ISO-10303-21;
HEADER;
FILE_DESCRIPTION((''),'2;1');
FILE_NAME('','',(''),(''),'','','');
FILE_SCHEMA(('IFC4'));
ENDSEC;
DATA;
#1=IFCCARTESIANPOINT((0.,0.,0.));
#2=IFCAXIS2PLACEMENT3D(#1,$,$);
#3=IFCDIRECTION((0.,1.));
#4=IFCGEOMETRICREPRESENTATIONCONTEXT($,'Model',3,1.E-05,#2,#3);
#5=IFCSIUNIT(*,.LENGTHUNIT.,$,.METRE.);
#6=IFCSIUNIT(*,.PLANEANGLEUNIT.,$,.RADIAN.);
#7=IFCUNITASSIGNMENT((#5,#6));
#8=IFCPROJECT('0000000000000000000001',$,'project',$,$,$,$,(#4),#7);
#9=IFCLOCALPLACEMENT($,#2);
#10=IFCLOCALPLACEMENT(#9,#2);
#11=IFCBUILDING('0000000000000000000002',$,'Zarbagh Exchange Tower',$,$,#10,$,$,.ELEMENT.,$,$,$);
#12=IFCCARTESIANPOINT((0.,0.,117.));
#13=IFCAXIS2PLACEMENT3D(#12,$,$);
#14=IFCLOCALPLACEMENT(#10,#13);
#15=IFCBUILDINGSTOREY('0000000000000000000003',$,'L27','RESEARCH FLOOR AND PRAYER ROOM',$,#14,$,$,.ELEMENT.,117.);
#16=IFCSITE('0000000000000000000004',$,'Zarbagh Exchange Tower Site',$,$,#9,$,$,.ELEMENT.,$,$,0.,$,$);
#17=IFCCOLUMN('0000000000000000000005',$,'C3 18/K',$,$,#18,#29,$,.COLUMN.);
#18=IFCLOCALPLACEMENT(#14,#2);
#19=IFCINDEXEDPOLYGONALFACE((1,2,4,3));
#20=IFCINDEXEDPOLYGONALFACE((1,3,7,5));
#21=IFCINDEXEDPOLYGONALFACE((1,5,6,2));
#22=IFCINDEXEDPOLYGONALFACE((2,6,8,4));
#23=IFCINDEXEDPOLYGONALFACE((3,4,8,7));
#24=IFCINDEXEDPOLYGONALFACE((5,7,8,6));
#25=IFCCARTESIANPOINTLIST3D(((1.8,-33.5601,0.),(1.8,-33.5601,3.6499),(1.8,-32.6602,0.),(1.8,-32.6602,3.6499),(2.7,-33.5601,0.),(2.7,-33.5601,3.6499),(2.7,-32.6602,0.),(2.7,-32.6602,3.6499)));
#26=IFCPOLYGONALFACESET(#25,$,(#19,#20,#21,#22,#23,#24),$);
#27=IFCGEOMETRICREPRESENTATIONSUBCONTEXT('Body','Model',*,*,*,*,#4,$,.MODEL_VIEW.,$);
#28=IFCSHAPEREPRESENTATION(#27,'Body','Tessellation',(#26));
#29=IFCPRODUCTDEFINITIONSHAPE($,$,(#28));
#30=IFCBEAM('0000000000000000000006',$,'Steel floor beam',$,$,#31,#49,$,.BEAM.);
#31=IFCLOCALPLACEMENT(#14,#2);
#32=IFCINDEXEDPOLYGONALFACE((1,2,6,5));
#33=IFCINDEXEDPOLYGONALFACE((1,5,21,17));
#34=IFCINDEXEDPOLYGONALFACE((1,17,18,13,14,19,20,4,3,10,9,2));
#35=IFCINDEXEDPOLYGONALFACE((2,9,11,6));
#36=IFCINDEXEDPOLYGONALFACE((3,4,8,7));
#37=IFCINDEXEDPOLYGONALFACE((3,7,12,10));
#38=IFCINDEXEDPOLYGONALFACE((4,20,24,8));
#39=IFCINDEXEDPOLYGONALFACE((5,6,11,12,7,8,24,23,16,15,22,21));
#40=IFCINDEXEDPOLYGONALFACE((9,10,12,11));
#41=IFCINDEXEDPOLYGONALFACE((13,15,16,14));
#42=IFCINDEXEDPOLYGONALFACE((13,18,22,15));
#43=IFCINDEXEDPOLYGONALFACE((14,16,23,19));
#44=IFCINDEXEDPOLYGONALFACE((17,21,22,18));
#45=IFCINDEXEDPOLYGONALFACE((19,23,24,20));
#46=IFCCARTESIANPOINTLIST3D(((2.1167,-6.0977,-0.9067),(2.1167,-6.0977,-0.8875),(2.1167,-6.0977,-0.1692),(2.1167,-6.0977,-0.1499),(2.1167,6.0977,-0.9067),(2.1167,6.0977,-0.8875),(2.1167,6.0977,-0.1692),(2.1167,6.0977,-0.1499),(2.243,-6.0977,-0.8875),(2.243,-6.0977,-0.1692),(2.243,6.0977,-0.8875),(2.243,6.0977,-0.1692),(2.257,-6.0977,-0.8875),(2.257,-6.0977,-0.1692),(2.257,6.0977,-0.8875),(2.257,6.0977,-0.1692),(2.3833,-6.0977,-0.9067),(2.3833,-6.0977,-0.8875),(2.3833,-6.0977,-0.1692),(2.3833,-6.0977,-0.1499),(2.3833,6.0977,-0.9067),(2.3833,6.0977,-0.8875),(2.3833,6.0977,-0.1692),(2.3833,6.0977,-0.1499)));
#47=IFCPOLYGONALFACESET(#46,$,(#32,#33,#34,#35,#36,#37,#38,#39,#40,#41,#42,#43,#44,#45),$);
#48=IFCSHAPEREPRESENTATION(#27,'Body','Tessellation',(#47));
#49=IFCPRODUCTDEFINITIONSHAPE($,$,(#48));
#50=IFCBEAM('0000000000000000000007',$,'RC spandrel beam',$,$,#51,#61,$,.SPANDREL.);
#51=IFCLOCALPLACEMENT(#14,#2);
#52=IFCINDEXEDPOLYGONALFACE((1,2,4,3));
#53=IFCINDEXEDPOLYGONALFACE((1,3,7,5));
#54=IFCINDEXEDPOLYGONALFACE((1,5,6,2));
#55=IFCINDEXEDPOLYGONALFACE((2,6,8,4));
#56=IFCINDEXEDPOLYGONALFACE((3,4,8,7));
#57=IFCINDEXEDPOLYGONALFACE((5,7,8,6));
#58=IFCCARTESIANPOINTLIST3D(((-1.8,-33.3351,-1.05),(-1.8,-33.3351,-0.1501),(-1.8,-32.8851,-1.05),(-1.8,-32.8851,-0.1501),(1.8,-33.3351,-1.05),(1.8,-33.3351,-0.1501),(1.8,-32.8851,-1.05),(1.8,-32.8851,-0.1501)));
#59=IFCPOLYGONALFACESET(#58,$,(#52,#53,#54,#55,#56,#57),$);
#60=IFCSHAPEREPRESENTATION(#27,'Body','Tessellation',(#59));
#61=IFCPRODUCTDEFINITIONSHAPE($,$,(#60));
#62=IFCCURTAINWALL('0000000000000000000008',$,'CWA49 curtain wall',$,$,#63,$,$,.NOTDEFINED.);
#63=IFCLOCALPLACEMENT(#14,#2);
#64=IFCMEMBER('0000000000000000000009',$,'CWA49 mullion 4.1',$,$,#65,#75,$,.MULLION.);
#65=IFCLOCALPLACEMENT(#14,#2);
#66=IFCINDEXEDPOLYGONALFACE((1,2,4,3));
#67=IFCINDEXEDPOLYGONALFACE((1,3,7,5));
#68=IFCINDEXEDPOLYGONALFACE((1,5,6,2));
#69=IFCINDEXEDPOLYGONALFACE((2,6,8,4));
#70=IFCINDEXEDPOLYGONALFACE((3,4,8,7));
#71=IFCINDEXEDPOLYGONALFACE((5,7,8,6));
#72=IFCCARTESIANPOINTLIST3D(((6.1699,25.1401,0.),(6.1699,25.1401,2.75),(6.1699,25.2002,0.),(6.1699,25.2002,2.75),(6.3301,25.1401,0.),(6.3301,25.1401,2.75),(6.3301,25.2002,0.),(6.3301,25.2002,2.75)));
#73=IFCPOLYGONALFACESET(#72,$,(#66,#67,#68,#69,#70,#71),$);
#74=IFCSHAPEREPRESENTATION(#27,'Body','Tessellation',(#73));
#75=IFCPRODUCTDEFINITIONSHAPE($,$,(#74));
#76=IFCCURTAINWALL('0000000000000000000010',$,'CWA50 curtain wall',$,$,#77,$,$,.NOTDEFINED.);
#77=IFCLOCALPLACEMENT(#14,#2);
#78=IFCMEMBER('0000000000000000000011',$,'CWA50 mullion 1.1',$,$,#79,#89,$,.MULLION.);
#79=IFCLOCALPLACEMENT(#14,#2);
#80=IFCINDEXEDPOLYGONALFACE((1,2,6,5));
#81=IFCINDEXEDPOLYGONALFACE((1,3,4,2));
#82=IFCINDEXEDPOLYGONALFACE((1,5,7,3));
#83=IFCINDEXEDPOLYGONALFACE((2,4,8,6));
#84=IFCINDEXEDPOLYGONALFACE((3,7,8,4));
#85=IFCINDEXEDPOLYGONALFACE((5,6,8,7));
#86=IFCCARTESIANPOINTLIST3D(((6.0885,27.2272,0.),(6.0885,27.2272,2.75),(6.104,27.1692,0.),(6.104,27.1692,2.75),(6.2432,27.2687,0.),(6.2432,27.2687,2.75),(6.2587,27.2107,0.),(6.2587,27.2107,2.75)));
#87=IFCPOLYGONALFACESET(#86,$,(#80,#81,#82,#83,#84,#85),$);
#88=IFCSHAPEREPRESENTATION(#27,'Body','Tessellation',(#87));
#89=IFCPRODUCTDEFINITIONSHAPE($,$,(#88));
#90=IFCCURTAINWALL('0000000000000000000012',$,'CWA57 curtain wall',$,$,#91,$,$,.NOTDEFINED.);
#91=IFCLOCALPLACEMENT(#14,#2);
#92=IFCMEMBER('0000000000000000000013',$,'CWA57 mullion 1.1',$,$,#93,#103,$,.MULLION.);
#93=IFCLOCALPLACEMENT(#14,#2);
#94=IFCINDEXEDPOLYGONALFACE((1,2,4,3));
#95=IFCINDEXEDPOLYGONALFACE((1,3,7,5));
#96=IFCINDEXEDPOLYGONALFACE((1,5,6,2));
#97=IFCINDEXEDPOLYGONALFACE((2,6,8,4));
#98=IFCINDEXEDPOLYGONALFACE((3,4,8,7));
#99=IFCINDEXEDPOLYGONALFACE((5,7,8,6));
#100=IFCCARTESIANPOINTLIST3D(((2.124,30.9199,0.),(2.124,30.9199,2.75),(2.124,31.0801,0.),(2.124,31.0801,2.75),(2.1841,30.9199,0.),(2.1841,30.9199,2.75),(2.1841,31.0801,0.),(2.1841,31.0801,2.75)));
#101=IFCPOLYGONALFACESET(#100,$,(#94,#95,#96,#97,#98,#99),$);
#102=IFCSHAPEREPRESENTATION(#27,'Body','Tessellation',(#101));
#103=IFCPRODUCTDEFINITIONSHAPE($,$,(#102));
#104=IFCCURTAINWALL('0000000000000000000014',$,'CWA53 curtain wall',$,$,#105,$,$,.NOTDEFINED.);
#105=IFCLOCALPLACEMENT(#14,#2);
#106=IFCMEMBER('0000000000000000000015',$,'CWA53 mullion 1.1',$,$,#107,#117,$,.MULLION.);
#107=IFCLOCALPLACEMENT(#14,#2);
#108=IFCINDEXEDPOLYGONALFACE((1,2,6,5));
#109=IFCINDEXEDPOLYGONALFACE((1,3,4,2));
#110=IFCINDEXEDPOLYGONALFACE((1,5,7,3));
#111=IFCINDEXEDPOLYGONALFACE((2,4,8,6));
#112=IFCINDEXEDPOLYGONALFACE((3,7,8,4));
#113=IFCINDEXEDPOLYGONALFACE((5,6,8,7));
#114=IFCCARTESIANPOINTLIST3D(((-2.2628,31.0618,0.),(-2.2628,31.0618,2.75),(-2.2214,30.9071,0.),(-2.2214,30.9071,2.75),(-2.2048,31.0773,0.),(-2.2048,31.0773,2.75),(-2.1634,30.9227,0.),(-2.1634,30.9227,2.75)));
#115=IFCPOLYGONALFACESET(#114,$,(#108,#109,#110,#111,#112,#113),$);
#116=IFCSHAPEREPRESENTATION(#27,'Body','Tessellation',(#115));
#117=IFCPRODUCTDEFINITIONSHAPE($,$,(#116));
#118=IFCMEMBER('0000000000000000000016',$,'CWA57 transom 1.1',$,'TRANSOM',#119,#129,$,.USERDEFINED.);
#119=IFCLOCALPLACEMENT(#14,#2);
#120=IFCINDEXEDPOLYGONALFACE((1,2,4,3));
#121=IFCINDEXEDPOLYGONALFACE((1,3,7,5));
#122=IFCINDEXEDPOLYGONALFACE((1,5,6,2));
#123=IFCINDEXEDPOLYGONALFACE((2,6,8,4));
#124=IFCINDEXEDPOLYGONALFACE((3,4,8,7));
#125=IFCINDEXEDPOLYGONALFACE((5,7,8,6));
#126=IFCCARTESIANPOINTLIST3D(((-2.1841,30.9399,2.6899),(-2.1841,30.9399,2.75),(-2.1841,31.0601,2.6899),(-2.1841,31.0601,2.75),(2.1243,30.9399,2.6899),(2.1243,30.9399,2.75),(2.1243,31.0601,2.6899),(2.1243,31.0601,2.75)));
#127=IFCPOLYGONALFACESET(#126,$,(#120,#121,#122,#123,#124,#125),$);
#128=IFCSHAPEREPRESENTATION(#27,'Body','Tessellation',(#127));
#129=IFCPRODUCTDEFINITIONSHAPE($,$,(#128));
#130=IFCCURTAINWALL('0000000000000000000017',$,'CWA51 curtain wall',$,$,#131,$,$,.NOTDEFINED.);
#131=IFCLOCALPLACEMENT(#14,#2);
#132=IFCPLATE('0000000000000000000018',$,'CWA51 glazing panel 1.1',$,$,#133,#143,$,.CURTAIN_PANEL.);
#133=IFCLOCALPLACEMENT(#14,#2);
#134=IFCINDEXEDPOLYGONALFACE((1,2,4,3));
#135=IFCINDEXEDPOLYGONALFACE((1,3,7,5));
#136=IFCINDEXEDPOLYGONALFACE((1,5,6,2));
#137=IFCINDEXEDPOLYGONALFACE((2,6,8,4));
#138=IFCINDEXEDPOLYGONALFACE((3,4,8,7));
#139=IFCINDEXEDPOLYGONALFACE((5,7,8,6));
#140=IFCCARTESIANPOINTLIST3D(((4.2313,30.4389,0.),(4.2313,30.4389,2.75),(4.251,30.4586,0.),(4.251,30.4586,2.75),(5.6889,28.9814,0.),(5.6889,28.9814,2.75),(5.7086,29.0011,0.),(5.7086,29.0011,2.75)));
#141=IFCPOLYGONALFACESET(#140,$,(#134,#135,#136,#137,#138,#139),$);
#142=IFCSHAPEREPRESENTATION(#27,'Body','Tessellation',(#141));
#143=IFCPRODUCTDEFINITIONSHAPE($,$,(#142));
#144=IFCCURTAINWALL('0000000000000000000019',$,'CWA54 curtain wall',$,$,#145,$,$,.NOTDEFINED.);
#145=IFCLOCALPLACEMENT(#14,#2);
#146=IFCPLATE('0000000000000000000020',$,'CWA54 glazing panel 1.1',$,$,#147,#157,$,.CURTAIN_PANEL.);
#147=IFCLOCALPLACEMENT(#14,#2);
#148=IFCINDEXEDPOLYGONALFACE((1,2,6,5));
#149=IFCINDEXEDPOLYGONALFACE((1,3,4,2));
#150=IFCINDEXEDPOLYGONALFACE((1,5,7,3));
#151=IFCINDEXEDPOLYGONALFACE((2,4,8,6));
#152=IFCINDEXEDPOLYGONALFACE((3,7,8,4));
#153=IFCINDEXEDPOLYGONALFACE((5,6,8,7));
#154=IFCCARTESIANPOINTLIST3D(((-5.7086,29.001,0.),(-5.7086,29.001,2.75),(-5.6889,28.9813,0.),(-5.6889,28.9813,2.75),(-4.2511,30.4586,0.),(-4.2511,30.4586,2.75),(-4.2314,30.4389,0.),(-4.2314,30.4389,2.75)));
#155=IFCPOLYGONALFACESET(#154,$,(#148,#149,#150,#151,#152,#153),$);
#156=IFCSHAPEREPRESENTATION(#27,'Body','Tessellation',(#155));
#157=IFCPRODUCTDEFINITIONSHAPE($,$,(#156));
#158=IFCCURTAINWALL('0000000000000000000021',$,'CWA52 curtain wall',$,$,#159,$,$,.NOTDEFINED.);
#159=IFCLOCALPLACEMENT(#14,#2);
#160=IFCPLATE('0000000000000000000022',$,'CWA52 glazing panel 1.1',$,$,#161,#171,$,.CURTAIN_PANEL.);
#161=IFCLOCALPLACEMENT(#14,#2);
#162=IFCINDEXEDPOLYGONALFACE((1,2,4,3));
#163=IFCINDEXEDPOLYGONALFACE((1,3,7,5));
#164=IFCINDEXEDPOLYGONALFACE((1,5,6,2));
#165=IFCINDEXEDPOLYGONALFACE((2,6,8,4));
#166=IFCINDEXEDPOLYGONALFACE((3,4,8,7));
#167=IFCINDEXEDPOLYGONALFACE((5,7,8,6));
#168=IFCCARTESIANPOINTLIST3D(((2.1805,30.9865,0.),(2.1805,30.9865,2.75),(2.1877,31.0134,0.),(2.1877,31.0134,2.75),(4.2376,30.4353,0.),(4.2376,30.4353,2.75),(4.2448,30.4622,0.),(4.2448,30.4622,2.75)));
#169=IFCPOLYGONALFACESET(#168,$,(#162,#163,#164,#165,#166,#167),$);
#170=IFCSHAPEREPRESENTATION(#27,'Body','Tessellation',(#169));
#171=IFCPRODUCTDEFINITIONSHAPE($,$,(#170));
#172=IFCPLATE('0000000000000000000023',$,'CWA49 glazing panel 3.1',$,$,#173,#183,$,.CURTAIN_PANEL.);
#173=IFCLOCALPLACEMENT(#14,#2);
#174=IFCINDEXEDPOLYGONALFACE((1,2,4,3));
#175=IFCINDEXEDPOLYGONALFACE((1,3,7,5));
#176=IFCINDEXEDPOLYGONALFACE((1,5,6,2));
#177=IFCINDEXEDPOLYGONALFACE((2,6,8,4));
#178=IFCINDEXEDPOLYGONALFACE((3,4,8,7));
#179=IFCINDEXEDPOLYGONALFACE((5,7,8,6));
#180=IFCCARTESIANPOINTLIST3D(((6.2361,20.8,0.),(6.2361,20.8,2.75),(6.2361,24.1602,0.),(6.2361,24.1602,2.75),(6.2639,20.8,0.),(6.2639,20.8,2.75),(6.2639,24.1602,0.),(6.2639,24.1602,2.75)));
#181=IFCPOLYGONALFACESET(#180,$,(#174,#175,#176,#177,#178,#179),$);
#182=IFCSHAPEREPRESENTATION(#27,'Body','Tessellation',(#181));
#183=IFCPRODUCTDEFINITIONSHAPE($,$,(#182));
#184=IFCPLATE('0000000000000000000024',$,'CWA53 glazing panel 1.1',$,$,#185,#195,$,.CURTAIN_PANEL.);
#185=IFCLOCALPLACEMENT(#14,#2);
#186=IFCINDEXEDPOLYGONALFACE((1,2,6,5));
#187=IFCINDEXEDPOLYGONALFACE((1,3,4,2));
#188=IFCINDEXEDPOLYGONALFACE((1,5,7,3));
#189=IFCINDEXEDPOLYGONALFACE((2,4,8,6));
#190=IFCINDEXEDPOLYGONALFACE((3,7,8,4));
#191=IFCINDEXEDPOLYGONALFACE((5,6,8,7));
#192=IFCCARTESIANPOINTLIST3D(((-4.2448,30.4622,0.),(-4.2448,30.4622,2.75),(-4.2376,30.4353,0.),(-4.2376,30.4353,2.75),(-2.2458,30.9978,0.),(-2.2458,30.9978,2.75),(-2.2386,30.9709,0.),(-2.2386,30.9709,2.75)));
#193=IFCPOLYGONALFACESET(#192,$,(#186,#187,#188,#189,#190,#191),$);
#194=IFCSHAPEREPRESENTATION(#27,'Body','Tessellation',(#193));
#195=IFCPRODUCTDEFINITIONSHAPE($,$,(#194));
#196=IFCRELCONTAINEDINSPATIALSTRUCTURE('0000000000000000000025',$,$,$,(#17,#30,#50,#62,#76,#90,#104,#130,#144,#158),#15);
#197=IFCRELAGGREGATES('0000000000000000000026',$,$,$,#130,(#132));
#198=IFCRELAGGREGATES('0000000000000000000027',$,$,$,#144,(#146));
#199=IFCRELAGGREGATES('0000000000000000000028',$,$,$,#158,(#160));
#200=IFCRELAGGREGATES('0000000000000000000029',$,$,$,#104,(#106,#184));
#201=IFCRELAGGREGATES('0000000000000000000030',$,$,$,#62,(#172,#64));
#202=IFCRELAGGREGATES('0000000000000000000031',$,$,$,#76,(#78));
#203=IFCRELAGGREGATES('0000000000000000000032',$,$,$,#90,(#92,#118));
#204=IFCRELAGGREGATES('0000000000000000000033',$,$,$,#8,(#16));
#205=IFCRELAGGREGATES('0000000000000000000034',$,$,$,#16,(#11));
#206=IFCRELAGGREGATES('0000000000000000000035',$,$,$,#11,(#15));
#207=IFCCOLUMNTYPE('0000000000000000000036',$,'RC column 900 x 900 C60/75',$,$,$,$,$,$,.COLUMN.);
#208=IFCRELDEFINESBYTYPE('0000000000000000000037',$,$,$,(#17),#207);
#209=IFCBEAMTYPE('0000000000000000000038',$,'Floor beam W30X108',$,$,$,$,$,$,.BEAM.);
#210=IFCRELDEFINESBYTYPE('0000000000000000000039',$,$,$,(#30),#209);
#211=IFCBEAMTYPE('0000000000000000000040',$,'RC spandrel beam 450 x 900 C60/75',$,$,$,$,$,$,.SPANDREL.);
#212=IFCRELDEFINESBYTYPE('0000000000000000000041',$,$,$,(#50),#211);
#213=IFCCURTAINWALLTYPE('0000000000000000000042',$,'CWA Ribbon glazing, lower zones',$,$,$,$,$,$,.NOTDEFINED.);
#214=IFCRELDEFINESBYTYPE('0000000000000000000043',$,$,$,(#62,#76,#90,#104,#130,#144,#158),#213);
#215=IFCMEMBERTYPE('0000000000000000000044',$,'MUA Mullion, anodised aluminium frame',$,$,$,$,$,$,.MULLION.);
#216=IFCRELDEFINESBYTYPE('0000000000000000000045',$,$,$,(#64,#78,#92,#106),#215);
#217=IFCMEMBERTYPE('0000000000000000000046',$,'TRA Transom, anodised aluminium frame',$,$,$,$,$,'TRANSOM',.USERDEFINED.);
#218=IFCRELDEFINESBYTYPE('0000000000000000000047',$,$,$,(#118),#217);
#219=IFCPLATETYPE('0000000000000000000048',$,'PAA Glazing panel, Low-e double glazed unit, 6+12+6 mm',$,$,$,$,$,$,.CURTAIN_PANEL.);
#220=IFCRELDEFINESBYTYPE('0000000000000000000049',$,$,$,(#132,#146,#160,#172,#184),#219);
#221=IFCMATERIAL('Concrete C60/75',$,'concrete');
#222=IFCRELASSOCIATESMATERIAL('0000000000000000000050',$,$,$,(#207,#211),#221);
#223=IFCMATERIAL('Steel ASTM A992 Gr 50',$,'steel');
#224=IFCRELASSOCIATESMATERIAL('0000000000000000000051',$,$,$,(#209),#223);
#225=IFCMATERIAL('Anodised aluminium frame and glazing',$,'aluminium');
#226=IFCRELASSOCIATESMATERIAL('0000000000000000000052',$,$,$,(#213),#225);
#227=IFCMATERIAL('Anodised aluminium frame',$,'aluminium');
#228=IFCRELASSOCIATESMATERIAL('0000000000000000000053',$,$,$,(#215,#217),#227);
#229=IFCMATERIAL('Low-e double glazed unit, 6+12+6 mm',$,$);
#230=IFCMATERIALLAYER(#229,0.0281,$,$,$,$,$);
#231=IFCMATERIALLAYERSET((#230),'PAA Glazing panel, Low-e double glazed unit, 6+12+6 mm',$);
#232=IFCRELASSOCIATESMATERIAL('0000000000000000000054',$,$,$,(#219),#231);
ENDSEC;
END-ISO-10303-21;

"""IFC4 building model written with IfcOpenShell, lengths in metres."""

from ifc_helpers import new_model, si_unit, direction, frame, origin, origin_2d, place, context, subcontext, project, spatial, polyline, rectangle, i_section, outline, extrude, source, transform, mapped, material, layer, layer_set, material_profile, profile_set, type_object, element, aggregate, save


model = new_model("IFC4")

# Units and contexts
model_context = context("Model", 3, precision=1e-05, world=origin(), true_north=direction((0.0, 1.0)))
body_context = subcontext(model_context, "Body", "Model", "MODEL_VIEW")
ifc_project = project(units=[si_unit("LENGTHUNIT", "METRE"), si_unit("PLANEANGLEUNIT", "RADIAN")], contexts=[model_context])

# Site, building, storey
site_placement = place(None, origin())
site = spatial("IfcSite", under=ifc_project, at=site_placement, Name="Zarbagh Exchange Tower Site", CompositionType="ELEMENT", RefElevation=0.0)
building_placement = place(site_placement, origin())
building = spatial("IfcBuilding", under=site, at=building_placement, Name="Zarbagh Exchange Tower", CompositionType="ELEMENT")
storey_placement = place(building_placement, frame((0.0, 0.0, 117.0)))
storey = spatial("IfcBuildingStorey", under=building, at=storey_placement, Name="L27", Description="RESEARCH FLOOR AND PRAYER ROOM", CompositionType="ELEMENT", Elevation=117.0)

# Column
ifc_material_1 = material(Name="Concrete C60/75", Category="concrete")
ifc_material_profile_1 = material_profile(ifc_material_1, rectangle(XDim=0.8999, YDim=0.8999, at=origin_2d()), Name="RC column 900 x 900 C60/75")
ifc_profile_set_1 = profile_set([ifc_material_profile_1], Name="Concrete C60/75")
column_type = type_object("IfcColumnType", Name="RC column 900 x 900 C60/75", PredefinedType="COLUMN", material=ifc_profile_set_1)
column_placement = place(storey_placement, frame((2.25, -33.1101, 0.0), z_axis=(0.0, 0.0, 1.0), x_axis=(1.0, 0.0, 0.0)))
element("IfcColumn", 1, at=column_placement, inside=storey, type_object=column_type, Name="C3 18/K", PredefinedType="COLUMN", context=body_context, shape_type="SweptSolid", body=[
    extrude(rectangle(XDim=0.8999, YDim=0.8999, at=origin_2d()), origin(), (0.0, 0.0, 1.0), 3.6499),
])

# Beams
ifc_material_2 = material(Name="Steel ASTM A992 Gr 50", Category="steel")
ifc_material_profile_2 = material_profile(ifc_material_2, i_section(OverallWidth=0.2666, OverallDepth=0.7568, WebThickness=0.0139, FlangeThickness=0.0193, at=origin_2d()), Name="W30X108")
ifc_profile_set_2 = profile_set([ifc_material_profile_2], Name="Steel ASTM A992 Gr 50")
beam_type_1 = type_object("IfcBeamType", Name="Floor beam W30X108", PredefinedType="BEAM", material=ifc_profile_set_2)
beam_1_placement = place(storey_placement, frame((2.25, -6.0977, -0.5283), z_axis=(0.0, 1.0, 0.0), x_axis=(-1.0, 0.0, 0.0)))
element("IfcBeam", 2, at=beam_1_placement, inside=storey, type_object=beam_type_1, Name="Steel floor beam", PredefinedType="BEAM", context=body_context, shape_type="SweptSolid", body=[
    extrude(i_section(OverallWidth=0.2666, OverallDepth=0.7568, WebThickness=0.0139, FlangeThickness=0.0193, at=origin_2d()), origin(), (0.0, 0.0, 1.0), 12.1953),
])
ifc_material_profile_3 = material_profile(ifc_material_1, rectangle(XDim=0.45, YDim=0.8999, at=origin_2d()), Name="RC spandrel beam 450 x 900 C60/75")
ifc_profile_set_3 = profile_set([ifc_material_profile_3], Name="Concrete C60/75")
beam_type_2 = type_object("IfcBeamType", Name="RC spandrel beam 450 x 900 C60/75", PredefinedType="SPANDREL", material=ifc_profile_set_3)
beam_2_placement = place(storey_placement, frame((1.8, -33.1101, -0.6001), z_axis=(-1.0, 0.0, 0.0), x_axis=(0.0, -1.0, 0.0)))
element("IfcBeam", 3, at=beam_2_placement, inside=storey, type_object=beam_type_2, Name="RC spandrel beam", PredefinedType="SPANDREL", context=body_context, shape_type="SweptSolid", body=[
    extrude(rectangle(XDim=0.45, YDim=0.8999, at=origin_2d()), origin(), (0.0, 0.0, 1.0), 3.6001),
])

# Curtain walls, members
ifc_material_3 = material(Name="Anodised aluminium frame and glazing", Category="aluminium")
curtain_wall_type = type_object("IfcCurtainWallType", Name="CWA Ribbon glazing, lower zones", PredefinedType="NOTDEFINED", material=ifc_material_3)
curtain_wall_1_placement = place(storey_placement, origin())
curtain_wall_1 = element("IfcCurtainWall", 4, at=curtain_wall_1_placement, inside=storey, type_object=curtain_wall_type, Name="CWA49 curtain wall", PredefinedType="NOTDEFINED")
ifc_material_4 = material(Name="Anodised aluminium frame", Category="aluminium")
member_type_1 = type_object("IfcMemberType", Name="MUA Mullion, anodised aluminium frame", PredefinedType="MULLION", material=ifc_material_4)
shared_shape_1 = source(origin(), body_context, "Body", "SweptSolid", [
    extrude(outline(polyline([(0.0, -0.0801), (0.0601, -0.0801), (0.0601, 0.0801), (0.0, 0.0801), (0.0, -0.0801)])), origin(), (0.0, 0.0, 1.0), 2.75),
])
placement = place(storey_placement, origin())
member_1 = element("IfcMember", 5, at=placement, type_object=member_type_1, Name="CWA49 mullion 4.1", PredefinedType="MULLION", context=body_context, shape_type="MappedRepresentation", body=[
    mapped(shared_shape_1, transform((6.25, 25.1401, 0.0), x_axis=(0.0, 1.0, 0.0), y_axis=(-1.0, 0.0, 0.0), z_axis=(0.0, 0.0, 1.0))),
])
curtain_wall_2_placement = place(storey_placement, origin())
curtain_wall_2 = element("IfcCurtainWall", 6, at=curtain_wall_2_placement, inside=storey, type_object=curtain_wall_type, Name="CWA50 curtain wall", PredefinedType="NOTDEFINED")
member_2 = element("IfcMember", 7, at=placement, type_object=member_type_1, Name="CWA50 mullion 1.1", PredefinedType="MULLION", context=body_context, shape_type="MappedRepresentation", body=[
    mapped(shared_shape_1, transform((6.1814, 27.1899, 0.0), x_axis=(-0.258825, 0.965924, 0.0), y_axis=(-0.965924, -0.258825, 0.0), z_axis=(0.0, 0.0, 1.0))),
])
curtain_wall_3_placement = place(storey_placement, origin())
curtain_wall_3 = element("IfcCurtainWall", 8, at=curtain_wall_3_placement, inside=storey, type_object=curtain_wall_type, Name="CWA57 curtain wall", PredefinedType="NOTDEFINED")
member_3 = element("IfcMember", 9, at=placement, type_object=member_type_1, Name="CWA57 mullion 1.1", PredefinedType="MULLION", context=body_context, shape_type="MappedRepresentation", body=[
    mapped(shared_shape_1, transform((2.1841, 31.0, 0.0), x_axis=(-1.0, 0.0, 0.0), y_axis=(0.0, -1.0, 0.0), z_axis=(0.0, 0.0, 1.0))),
])
curtain_wall_4_placement = place(storey_placement, origin())
curtain_wall_4 = element("IfcCurtainWall", 10, at=curtain_wall_4_placement, inside=storey, type_object=curtain_wall_type, Name="CWA53 curtain wall", PredefinedType="NOTDEFINED")
member_4 = element("IfcMember", 11, at=placement, type_object=member_type_1, Name="CWA53 mullion 1.1", PredefinedType="MULLION", context=body_context, shape_type="MappedRepresentation", body=[
    mapped(shared_shape_1, transform((-2.1841, 31.0, 0.0), x_axis=(-0.965924, -0.258825, 0.0), y_axis=(0.258825, -0.965924, 0.0), z_axis=(0.0, 0.0, 1.0))),
])

# Member
member_type_2 = type_object("IfcMemberType", Name="TRA Transom, anodised aluminium frame", ElementType="TRANSOM", PredefinedType="USERDEFINED", material=ifc_material_4)
shared_shape_2 = source(origin(), body_context, "Body", "SweptSolid", [
    extrude(outline(polyline([(-0.0601, -0.0601), (0.0, -0.0601), (0.0, 0.0601), (-0.0601, 0.0601), (-0.0601, -0.0601)])), origin(), (0.0, 0.0, 1.0), 4.3083),
])
member_5 = element("IfcMember", 12, at=placement, type_object=member_type_2, Name="CWA57 transom 1.1", ObjectType="TRANSOM", PredefinedType="USERDEFINED", context=body_context, shape_type="MappedRepresentation", body=[
    mapped(shared_shape_2, transform((2.1243, 31.0, 2.75), x_axis=(0.0, 0.0, 1.0), y_axis=(0.0, 1.0, 0.0), z_axis=(-1.0, 0.0, 0.0))),
])

# Curtain walls, plates
curtain_wall_5_placement = place(storey_placement, origin())
curtain_wall_5 = element("IfcCurtainWall", 13, at=curtain_wall_5_placement, inside=storey, type_object=curtain_wall_type, Name="CWA51 curtain wall", PredefinedType="NOTDEFINED")
ifc_material_5 = material(Name="Low-e double glazed unit, 6+12+6 mm")
ifc_layer_1 = layer(ifc_material_5, 0.0281)
ifc_layer_set_1 = layer_set([ifc_layer_1], Name="PAA Glazing panel, Low-e double glazed unit, 6+12+6 mm")
plate_type = type_object("IfcPlateType", Name="PAA Glazing panel, Low-e double glazed unit, 6+12+6 mm", PredefinedType="CURTAIN_PANEL", material=ifc_layer_set_1)
shared_shape_3 = source(origin(), body_context, "Body", "SweptSolid", [
    extrude(outline(polyline([(0.0, -0.0139), (2.0613, -0.0139), (2.0613, 0.0139), (0.0, 0.0139), (0.0, -0.0139)])), origin(), (0.0, 0.0, 1.0), 2.75),
])
plate_1 = element("IfcPlate", 14, at=placement, type_object=plate_type, Name="CWA51 glazing panel 1.1", PredefinedType="CURTAIN_PANEL", context=body_context, shape_type="MappedRepresentation", body=[
    mapped(shared_shape_3, transform((5.6987, 28.9912, 0.0), x_axis=(-0.707107, 0.707107, 0.0), y_axis=(-0.707107, -0.707107, 0.0), z_axis=(0.0, 0.0, 1.0))),
])
aggregate(curtain_wall_5, [plate_1])
curtain_wall_6_placement = place(storey_placement, origin())
curtain_wall_6 = element("IfcCurtainWall", 15, at=curtain_wall_6_placement, inside=storey, type_object=curtain_wall_type, Name="CWA54 curtain wall", PredefinedType="NOTDEFINED")
plate_2 = element("IfcPlate", 16, at=placement, type_object=plate_type, Name="CWA54 glazing panel 1.1", PredefinedType="CURTAIN_PANEL", context=body_context, shape_type="MappedRepresentation", body=[
    mapped(shared_shape_3, transform((-4.2412, 30.4487, 0.0), x_axis=(-0.707107, -0.707107, 0.0), y_axis=(0.707107, -0.707107, 0.0), z_axis=(0.0, 0.0, 1.0))),
])
aggregate(curtain_wall_6, [plate_2])
curtain_wall_7_placement = place(storey_placement, origin())
curtain_wall_7 = element("IfcCurtainWall", 17, at=curtain_wall_7_placement, inside=storey, type_object=curtain_wall_type, Name="CWA52 curtain wall", PredefinedType="NOTDEFINED")
shared_shape_4 = source(origin(), body_context, "Body", "SweptSolid", [
    extrude(outline(polyline([(0.0, -0.0139), (2.1296, -0.0139), (2.1296, 0.0139), (0.0, 0.0139), (0.0, -0.0139)])), origin(), (0.0, 0.0, 1.0), 2.75),
])
plate_3 = element("IfcPlate", 18, at=placement, type_object=plate_type, Name="CWA52 glazing panel 1.1", PredefinedType="CURTAIN_PANEL", context=body_context, shape_type="MappedRepresentation", body=[
    mapped(shared_shape_4, transform((4.2412, 30.4487, 0.0), x_axis=(-0.965924, 0.258825, 0.0), y_axis=(-0.258825, -0.965924, 0.0), z_axis=(0.0, 0.0, 1.0))),
])
aggregate(curtain_wall_7, [plate_3])

# Plates
shared_shape_5 = source(origin(), body_context, "Body", "SweptSolid", [
    extrude(outline(polyline([(0.0, -0.0139), (3.3601, -0.0139), (3.3601, 0.0139), (0.0, 0.0139), (0.0, -0.0139)])), origin(), (0.0, 0.0, 1.0), 2.75),
])
plate_4 = element("IfcPlate", 19, at=placement, type_object=plate_type, Name="CWA49 glazing panel 3.1", PredefinedType="CURTAIN_PANEL", context=body_context, shape_type="MappedRepresentation", body=[
    mapped(shared_shape_5, transform((6.25, 20.8, 0.0), x_axis=(0.0, 1.0, 0.0), y_axis=(-1.0, 0.0, 0.0), z_axis=(0.0, 0.0, 1.0))),
])
shared_shape_6 = source(origin(), body_context, "Body", "SweptSolid", [
    extrude(outline(polyline([(0.0, -0.0139), (2.0696, -0.0139), (2.0696, 0.0139), (0.0, 0.0139), (0.0, -0.0139)])), origin(), (0.0, 0.0, 1.0), 2.75),
])
plate_5 = element("IfcPlate", 20, at=placement, type_object=plate_type, Name="CWA53 glazing panel 1.1", PredefinedType="CURTAIN_PANEL", context=body_context, shape_type="MappedRepresentation", body=[
    mapped(shared_shape_6, transform((-2.2422, 30.9844, 0.0), x_axis=(-0.965924, -0.258825, 0.0), y_axis=(0.258825, -0.965924, 0.0), z_axis=(0.0, 0.0, 1.0))),
])
aggregate(curtain_wall_4, [member_4, plate_5])
aggregate(curtain_wall_1, [plate_4, member_1])
aggregate(curtain_wall_2, [member_2])
aggregate(curtain_wall_3, [member_3, member_5])

save(model, "model.ifc")
